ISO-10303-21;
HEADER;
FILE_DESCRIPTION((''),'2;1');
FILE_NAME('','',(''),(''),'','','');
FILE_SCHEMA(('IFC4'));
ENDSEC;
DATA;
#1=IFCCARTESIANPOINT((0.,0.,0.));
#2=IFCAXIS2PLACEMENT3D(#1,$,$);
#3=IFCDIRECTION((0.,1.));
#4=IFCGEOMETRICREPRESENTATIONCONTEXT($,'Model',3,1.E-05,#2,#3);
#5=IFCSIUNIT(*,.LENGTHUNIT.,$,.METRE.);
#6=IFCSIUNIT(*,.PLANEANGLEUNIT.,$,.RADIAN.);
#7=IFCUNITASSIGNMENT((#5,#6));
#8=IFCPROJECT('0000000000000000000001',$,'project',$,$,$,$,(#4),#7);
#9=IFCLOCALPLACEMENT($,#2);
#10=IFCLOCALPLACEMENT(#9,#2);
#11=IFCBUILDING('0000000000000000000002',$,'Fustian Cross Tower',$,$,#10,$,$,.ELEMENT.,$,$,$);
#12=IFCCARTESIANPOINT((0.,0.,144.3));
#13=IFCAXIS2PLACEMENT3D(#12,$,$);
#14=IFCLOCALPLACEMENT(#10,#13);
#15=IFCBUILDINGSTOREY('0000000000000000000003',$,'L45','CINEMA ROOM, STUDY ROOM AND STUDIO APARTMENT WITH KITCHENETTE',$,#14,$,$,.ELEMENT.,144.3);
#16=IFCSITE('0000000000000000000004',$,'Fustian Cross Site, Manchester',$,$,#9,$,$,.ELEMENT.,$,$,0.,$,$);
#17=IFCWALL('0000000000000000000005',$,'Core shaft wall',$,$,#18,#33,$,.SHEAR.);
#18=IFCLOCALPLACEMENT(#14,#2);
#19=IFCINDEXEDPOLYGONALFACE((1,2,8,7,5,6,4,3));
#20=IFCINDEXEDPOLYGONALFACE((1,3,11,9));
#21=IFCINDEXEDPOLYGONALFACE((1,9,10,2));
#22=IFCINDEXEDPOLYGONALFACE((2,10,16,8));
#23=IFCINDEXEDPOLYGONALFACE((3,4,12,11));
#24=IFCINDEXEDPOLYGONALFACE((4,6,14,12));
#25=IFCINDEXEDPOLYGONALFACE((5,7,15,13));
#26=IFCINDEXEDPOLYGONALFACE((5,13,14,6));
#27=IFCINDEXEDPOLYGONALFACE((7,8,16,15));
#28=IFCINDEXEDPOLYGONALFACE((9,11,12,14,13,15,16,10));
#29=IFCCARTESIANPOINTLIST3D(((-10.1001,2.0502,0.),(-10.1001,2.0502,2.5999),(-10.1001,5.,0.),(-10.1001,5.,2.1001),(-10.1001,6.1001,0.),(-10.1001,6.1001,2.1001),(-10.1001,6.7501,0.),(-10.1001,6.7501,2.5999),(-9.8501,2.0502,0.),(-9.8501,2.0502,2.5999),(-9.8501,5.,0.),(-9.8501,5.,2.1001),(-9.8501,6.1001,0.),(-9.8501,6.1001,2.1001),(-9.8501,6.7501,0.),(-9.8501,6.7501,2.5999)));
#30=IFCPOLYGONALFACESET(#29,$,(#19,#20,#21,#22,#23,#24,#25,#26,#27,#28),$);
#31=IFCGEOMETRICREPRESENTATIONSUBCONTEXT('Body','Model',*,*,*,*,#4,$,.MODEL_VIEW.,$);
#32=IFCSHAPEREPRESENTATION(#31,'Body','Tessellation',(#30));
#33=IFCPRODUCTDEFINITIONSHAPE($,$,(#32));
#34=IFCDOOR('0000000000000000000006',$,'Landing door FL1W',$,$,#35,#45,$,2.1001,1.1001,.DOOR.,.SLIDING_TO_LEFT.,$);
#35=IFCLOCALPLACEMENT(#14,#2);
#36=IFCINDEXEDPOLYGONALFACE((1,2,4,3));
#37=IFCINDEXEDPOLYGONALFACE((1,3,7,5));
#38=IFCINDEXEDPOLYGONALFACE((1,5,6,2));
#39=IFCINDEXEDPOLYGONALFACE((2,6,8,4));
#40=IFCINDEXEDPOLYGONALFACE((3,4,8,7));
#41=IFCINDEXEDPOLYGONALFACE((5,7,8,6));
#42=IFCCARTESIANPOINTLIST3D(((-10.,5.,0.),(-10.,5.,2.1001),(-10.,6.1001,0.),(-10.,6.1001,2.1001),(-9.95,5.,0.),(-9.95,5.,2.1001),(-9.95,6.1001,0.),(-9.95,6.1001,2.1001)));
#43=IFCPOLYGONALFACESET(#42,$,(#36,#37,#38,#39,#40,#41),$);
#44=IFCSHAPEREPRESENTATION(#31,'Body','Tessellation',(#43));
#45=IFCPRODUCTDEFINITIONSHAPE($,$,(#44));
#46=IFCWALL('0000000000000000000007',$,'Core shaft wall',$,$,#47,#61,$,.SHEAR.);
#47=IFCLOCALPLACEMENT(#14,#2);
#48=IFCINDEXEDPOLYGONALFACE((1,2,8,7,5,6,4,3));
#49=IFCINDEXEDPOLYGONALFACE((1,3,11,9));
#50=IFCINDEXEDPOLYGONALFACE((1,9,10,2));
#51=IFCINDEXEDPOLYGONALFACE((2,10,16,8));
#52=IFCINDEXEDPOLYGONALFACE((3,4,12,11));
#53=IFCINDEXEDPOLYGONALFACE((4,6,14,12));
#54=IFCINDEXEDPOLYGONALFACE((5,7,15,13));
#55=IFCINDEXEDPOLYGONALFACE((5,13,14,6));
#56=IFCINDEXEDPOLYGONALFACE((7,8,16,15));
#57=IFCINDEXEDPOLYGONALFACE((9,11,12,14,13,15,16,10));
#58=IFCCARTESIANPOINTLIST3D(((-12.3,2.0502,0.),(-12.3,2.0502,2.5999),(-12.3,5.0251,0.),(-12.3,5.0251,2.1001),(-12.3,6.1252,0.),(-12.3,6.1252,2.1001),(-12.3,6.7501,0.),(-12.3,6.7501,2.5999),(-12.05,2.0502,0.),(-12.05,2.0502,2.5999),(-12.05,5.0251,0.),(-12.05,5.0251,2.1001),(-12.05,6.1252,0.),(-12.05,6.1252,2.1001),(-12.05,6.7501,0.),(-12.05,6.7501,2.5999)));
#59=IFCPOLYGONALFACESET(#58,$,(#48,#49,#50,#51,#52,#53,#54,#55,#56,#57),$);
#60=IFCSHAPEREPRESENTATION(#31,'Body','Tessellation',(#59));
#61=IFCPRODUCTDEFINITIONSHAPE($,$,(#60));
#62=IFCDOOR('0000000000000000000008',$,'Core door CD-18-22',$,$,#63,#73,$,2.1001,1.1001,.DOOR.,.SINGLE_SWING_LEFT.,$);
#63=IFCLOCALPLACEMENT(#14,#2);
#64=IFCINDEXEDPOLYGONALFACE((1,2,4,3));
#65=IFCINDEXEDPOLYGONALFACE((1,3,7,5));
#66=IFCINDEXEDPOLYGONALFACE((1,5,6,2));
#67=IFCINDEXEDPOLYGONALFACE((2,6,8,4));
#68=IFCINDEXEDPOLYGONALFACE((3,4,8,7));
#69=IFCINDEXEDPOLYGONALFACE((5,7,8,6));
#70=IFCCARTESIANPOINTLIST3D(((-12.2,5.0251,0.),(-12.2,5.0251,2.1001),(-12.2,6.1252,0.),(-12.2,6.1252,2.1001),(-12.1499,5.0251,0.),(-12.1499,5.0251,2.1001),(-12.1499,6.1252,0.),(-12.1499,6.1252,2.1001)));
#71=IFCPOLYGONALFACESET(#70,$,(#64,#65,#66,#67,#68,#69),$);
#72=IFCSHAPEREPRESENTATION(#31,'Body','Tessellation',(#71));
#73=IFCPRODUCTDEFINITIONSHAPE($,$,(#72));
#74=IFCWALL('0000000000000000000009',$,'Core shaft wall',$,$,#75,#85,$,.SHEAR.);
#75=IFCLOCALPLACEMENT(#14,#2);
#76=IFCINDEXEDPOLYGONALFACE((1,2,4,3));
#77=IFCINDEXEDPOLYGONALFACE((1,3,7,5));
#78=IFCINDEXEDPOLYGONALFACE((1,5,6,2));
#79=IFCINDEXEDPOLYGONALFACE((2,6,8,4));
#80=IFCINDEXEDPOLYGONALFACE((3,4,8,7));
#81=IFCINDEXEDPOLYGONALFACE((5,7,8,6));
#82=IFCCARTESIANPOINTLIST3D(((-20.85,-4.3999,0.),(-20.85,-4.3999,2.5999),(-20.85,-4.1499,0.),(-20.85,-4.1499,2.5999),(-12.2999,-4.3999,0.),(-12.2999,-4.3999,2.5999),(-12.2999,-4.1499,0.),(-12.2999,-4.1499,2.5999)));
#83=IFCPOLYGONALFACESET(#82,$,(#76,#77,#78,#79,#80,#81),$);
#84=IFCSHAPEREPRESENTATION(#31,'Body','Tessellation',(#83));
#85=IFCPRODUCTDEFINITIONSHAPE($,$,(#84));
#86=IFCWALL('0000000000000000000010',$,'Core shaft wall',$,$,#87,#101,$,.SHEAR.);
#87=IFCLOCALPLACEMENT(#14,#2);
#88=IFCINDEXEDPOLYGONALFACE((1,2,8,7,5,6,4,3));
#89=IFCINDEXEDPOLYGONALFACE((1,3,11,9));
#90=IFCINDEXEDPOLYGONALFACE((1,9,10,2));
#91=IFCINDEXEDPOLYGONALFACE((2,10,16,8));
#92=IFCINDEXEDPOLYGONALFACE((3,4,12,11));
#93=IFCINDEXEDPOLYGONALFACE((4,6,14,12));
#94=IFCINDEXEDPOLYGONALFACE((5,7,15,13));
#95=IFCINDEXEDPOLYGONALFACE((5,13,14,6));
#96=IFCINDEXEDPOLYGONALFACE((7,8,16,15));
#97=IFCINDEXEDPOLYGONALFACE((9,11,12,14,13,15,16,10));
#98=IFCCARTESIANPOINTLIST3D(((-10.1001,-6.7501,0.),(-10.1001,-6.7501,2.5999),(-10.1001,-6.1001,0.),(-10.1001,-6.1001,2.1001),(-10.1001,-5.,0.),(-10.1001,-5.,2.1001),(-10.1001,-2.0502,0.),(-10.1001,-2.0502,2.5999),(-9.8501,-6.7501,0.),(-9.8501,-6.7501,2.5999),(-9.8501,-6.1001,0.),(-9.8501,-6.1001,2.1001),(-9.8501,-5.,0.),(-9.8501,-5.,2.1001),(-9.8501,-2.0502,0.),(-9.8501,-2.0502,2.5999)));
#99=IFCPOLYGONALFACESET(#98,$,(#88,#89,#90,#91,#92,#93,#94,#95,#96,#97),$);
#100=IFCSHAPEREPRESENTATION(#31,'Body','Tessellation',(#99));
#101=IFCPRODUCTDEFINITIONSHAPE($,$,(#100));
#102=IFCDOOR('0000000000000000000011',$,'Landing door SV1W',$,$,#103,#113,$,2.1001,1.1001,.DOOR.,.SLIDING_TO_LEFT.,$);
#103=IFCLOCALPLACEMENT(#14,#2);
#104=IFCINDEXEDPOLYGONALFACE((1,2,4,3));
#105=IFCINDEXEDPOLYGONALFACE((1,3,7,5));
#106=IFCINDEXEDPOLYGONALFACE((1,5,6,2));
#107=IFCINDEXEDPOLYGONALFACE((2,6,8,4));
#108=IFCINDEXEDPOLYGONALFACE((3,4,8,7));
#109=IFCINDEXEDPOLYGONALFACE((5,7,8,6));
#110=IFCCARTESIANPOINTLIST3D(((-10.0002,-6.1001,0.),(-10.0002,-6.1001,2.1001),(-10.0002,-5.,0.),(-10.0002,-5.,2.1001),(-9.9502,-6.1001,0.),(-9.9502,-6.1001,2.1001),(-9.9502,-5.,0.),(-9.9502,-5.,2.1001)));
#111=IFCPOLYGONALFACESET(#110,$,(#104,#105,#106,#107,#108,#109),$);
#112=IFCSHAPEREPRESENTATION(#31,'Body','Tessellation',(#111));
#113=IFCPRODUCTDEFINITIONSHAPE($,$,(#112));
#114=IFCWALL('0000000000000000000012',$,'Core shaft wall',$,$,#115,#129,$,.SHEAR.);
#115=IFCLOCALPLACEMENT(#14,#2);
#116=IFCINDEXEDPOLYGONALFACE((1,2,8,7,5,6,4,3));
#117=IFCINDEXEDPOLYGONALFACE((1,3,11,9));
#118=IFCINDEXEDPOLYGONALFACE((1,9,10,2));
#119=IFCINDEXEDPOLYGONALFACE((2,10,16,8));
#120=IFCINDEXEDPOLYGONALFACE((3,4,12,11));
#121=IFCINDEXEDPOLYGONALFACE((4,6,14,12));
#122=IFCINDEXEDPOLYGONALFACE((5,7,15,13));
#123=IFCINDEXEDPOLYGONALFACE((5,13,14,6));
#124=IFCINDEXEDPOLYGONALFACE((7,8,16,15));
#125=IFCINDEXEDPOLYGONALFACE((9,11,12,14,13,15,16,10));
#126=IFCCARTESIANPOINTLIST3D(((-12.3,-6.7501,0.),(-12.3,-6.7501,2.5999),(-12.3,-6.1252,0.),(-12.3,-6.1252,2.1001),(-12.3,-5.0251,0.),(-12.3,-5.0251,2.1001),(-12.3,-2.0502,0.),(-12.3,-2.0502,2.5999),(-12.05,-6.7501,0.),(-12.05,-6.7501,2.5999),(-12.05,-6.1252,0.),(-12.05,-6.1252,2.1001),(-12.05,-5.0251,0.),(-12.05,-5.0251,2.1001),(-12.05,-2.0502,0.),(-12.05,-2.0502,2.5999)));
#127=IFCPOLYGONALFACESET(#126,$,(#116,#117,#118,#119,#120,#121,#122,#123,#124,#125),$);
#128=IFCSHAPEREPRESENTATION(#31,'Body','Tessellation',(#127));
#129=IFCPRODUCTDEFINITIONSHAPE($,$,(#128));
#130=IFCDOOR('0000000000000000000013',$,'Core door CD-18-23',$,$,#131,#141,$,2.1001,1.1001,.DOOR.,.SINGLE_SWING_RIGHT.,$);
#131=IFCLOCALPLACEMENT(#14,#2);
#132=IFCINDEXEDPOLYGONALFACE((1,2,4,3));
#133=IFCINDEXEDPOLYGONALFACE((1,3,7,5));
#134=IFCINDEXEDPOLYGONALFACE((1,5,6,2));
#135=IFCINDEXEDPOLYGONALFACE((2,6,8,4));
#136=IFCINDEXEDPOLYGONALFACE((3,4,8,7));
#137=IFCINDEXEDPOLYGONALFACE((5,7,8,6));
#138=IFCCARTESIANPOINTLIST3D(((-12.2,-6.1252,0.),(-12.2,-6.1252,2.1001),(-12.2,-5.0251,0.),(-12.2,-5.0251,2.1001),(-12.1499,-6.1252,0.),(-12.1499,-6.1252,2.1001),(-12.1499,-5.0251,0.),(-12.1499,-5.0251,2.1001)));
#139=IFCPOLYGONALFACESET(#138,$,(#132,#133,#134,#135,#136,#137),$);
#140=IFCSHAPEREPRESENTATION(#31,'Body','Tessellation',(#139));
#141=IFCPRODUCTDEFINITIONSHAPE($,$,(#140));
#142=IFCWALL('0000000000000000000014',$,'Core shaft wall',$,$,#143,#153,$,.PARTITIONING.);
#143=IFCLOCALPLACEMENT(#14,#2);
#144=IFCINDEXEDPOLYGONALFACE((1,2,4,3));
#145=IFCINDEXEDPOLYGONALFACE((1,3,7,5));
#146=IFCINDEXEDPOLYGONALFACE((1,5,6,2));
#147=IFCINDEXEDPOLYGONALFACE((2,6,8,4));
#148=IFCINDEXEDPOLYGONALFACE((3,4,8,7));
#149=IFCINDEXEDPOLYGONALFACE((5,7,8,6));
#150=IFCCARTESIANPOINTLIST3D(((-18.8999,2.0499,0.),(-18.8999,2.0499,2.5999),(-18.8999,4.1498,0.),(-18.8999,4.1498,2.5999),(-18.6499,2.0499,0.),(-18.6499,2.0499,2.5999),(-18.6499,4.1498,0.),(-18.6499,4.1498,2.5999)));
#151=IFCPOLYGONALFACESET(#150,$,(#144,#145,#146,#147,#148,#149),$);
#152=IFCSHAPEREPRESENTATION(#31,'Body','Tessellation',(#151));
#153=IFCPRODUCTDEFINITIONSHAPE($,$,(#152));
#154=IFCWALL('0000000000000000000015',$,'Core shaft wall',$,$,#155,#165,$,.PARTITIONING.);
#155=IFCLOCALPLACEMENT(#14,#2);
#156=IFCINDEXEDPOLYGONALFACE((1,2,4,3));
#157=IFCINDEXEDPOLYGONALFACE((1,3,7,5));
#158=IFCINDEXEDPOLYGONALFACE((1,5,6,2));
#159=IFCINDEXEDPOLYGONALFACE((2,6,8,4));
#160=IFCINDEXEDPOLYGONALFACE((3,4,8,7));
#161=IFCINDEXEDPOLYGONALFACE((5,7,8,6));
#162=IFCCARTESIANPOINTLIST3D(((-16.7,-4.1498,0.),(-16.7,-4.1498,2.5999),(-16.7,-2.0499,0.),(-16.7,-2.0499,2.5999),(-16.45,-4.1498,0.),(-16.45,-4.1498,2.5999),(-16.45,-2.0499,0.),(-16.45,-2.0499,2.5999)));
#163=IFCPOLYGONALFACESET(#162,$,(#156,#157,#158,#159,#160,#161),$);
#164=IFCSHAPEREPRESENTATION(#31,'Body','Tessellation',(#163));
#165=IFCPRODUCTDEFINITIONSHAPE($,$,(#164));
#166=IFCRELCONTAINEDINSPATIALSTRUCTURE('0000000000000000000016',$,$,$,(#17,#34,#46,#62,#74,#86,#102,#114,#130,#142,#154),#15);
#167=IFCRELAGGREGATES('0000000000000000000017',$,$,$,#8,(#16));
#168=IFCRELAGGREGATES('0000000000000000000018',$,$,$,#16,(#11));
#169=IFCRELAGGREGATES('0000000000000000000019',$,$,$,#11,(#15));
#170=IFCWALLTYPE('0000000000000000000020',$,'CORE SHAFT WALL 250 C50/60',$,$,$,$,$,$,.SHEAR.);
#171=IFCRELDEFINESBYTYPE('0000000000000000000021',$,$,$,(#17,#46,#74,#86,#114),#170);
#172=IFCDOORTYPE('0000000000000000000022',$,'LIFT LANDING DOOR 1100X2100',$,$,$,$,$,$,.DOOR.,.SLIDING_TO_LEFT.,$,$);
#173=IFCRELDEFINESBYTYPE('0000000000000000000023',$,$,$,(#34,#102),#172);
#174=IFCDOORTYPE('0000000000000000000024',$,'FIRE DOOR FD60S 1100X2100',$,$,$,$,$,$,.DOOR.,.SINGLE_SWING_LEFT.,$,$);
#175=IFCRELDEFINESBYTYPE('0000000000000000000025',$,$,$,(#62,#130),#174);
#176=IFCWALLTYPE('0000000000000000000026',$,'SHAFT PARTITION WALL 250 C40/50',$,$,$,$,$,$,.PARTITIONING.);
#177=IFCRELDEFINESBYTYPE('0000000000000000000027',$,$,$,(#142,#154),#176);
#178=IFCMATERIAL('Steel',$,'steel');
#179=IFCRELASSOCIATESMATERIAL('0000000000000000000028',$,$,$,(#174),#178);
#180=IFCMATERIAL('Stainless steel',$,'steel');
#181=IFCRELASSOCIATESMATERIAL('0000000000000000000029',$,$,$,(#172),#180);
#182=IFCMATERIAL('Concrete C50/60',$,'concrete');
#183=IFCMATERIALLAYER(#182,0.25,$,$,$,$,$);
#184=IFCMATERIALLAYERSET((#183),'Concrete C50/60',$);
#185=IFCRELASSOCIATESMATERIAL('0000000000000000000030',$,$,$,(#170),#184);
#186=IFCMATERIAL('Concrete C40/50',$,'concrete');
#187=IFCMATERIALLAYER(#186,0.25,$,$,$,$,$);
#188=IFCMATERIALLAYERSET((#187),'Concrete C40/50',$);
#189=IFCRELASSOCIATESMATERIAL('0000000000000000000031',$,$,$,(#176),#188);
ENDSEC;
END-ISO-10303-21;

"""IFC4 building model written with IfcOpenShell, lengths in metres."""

from ifc_helpers import new_model, si_unit, direction, frame, frame_2d, origin, place, context, subcontext, project, spatial, rectangle, extrude, material, layer, layer_set, type_object, element, fill, save


model = new_model("IFC4")

# Units and contexts
model_context = context("Model", 3, precision=1e-05, world=origin(), true_north=direction((0.0, 1.0)))
body_context = subcontext(model_context, "Body", "Model", "MODEL_VIEW")
ifc_project = project(units=[si_unit("LENGTHUNIT", "METRE"), si_unit("PLANEANGLEUNIT", "RADIAN")], contexts=[model_context])

# Site, building, storey
site_placement = place(None, origin())
site = spatial("IfcSite", under=ifc_project, at=site_placement, Name="Fustian Cross Site, Manchester", CompositionType="ELEMENT", RefElevation=0.0)
building_placement = place(site_placement, origin())
building = spatial("IfcBuilding", under=site, at=building_placement, Name="Fustian Cross Tower", CompositionType="ELEMENT")
storey_placement = place(building_placement, frame((0.0, 0.0, 144.3)))
storey = spatial("IfcBuildingStorey", under=building, at=storey_placement, Name="L45", Description="CINEMA ROOM, STUDY ROOM AND STUDIO APARTMENT WITH KITCHENETTE", CompositionType="ELEMENT", Elevation=144.3)

# Shared definitions
ifc_material_1 = material(Name="Steel", Category="steel")
door_type_1 = type_object("IfcDoorType", Name="FIRE DOOR FD60S 1100X2100", OperationType="SINGLE_SWING_LEFT", PredefinedType="DOOR", material=ifc_material_1)
ifc_material_2 = material(Name="Stainless steel", Category="steel")
door_type_2 = type_object("IfcDoorType", Name="LIFT LANDING DOOR 1100X2100", OperationType="SLIDING_TO_LEFT", PredefinedType="DOOR", material=ifc_material_2)

# Shared definitions
ifc_material_3 = material(Name="Concrete C50/60", Category="concrete")
ifc_layer_1 = layer(ifc_material_3, 0.25)
ifc_layer_set_1 = layer_set([ifc_layer_1], Name="Concrete C50/60")
wall_type_1 = type_object("IfcWallType", Name="CORE SHAFT WALL 250 C50/60", PredefinedType="SHEAR", material=ifc_layer_set_1)

# Walls, openings, doors
wall_1_placement = place(storey_placement, frame((-9.9751, 2.05, 0.0), z_axis=(0.0, 0.0, 1.0), x_axis=(0.0, 1.0, 0.0)))
wall_1 = element("IfcWall", 1, at=wall_1_placement, inside=storey, type_object=wall_type_1, Name="Core shaft wall", PredefinedType="SHEAR", context=body_context, shape_type="SweptSolid", body=[
    extrude(rectangle(XDim=4.7, YDim=0.25, at=frame_2d((2.3501, 0.0))), origin(), (0.0, 0.0, 1.0), 2.5999),
])
opening_1_placement = place(wall_1_placement, frame((2.95, 0.0, 0.0)))
opening_1 = element("IfcOpeningElement", 2, at=opening_1_placement, cuts=wall_1, PredefinedType="OPENING", context=body_context, shape_type="SweptSolid", body=[
    extrude(rectangle(XDim=1.1001, YDim=2.1001, at=frame_2d((0.55, 1.05))), frame((0.0, 0.135, 0.0), z_axis=(0.0, -1.0, 0.0), x_axis=(1.0, 0.0, 0.0)), (0.0, 0.0, 1.0), 0.27),
])
door_1_placement = place(opening_1_placement, origin())
door_1 = element("IfcDoor", 3, at=door_1_placement, inside=storey, type_object=door_type_2, Name="Landing door FL1W", OperationType="SLIDING_TO_LEFT", OverallHeight=2.1001, OverallWidth=1.1001, PredefinedType="DOOR", context=body_context, shape_type="SweptSolid", body=[
    extrude(rectangle(XDim=1.1001, YDim=2.1001, at=frame_2d((0.55, 1.05))), frame((0.0, 0.0249, 0.0), z_axis=(0.0, -1.0, 0.0), x_axis=(1.0, 0.0, 0.0)), (0.0, 0.0, 1.0), 0.05),
])
fill(opening_1, door_1)
wall_2_placement = place(storey_placement, frame((-12.175, 2.05, 0.0), z_axis=(0.0, 0.0, 1.0), x_axis=(0.0, 1.0, 0.0)))
wall_2 = element("IfcWall", 4, at=wall_2_placement, inside=storey, type_object=wall_type_1, Name="Core shaft wall", PredefinedType="SHEAR", context=body_context, shape_type="SweptSolid", body=[
    extrude(rectangle(XDim=4.7, YDim=0.25, at=frame_2d((2.3501, 0.0))), origin(), (0.0, 0.0, 1.0), 2.5999),
])
opening_2_placement = place(wall_2_placement, frame((2.9751, 0.0, 0.0)))
opening_2 = element("IfcOpeningElement", 5, at=opening_2_placement, cuts=wall_2, PredefinedType="OPENING", context=body_context, shape_type="SweptSolid", body=[
    extrude(rectangle(XDim=1.1001, YDim=2.1001, at=frame_2d((0.55, 1.05))), frame((0.0, 0.135, 0.0), z_axis=(0.0, -1.0, 0.0), x_axis=(1.0, 0.0, 0.0)), (0.0, 0.0, 1.0), 0.27),
])
door_2_placement = place(opening_2_placement, origin())
door_2 = element("IfcDoor", 6, at=door_2_placement, inside=storey, type_object=door_type_1, Name="Core door CD-18-22", OperationType="SINGLE_SWING_LEFT", OverallHeight=2.1001, OverallWidth=1.1001, PredefinedType="DOOR", context=body_context, shape_type="SweptSolid", body=[
    extrude(rectangle(XDim=1.1001, YDim=2.1001, at=frame_2d((0.55, 1.05))), frame((0.0, 0.0249, 0.0), z_axis=(0.0, -1.0, 0.0), x_axis=(1.0, 0.0, 0.0)), (0.0, 0.0, 1.0), 0.05),
])
fill(opening_2, door_2)

# Wall
wall_3_placement = place(storey_placement, frame((-12.3, -4.2749, 0.0), z_axis=(0.0, 0.0, 1.0), x_axis=(-1.0, 0.0, 0.0)))
element("IfcWall", 7, at=wall_3_placement, inside=storey, type_object=wall_type_1, Name="Core shaft wall", PredefinedType="SHEAR", context=body_context, shape_type="SweptSolid", body=[
    extrude(rectangle(XDim=8.55, YDim=0.25, at=frame_2d((4.2749, 0.0))), origin(), (0.0, 0.0, 1.0), 2.5999),
])

# Walls, openings, doors
wall_4_placement = place(storey_placement, frame((-9.9751, -2.05, 0.0), z_axis=(0.0, 0.0, 1.0), x_axis=(0.0, -1.0, 0.0)))
wall_4 = element("IfcWall", 8, at=wall_4_placement, inside=storey, type_object=wall_type_1, Name="Core shaft wall", PredefinedType="SHEAR", context=body_context, shape_type="SweptSolid", body=[
    extrude(rectangle(XDim=4.7, YDim=0.25, at=frame_2d((2.3501, 0.0))), origin(), (0.0, 0.0, 1.0), 2.5999),
])
opening_3_placement = place(wall_4_placement, frame((2.95, 0.0, 0.0)))
opening_3 = element("IfcOpeningElement", 9, at=opening_3_placement, cuts=wall_4, PredefinedType="OPENING", context=body_context, shape_type="SweptSolid", body=[
    extrude(rectangle(XDim=1.1001, YDim=2.1001, at=frame_2d((0.55, 1.05))), frame((0.0, 0.135, 0.0), z_axis=(0.0, -1.0, 0.0), x_axis=(1.0, 0.0, 0.0)), (0.0, 0.0, 1.0), 0.27),
])
door_3_placement = place(opening_3_placement, origin())
door_3 = element("IfcDoor", 10, at=door_3_placement, inside=storey, type_object=door_type_2, Name="Landing door SV1W", OperationType="SLIDING_TO_LEFT", OverallHeight=2.1001, OverallWidth=1.1001, PredefinedType="DOOR", context=body_context, shape_type="SweptSolid", body=[
    extrude(rectangle(XDim=1.1001, YDim=2.1001, at=frame_2d((0.55, 1.05))), frame((0.0, 0.0249, 0.0), z_axis=(0.0, -1.0, 0.0), x_axis=(1.0, 0.0, 0.0)), (0.0, 0.0, 1.0), 0.05),
])
fill(opening_3, door_3)
wall_5_placement = place(storey_placement, frame((-12.175, -2.05, 0.0), z_axis=(0.0, 0.0, 1.0), x_axis=(0.0, -1.0, 0.0)))
wall_5 = element("IfcWall", 11, at=wall_5_placement, inside=storey, type_object=wall_type_1, Name="Core shaft wall", PredefinedType="SHEAR", context=body_context, shape_type="SweptSolid", body=[
    extrude(rectangle(XDim=4.7, YDim=0.25, at=frame_2d((2.3501, 0.0))), origin(), (0.0, 0.0, 1.0), 2.5999),
])
opening_4_placement = place(wall_5_placement, frame((2.9751, 0.0, 0.0)))
opening_4 = element("IfcOpeningElement", 12, at=opening_4_placement, cuts=wall_5, PredefinedType="OPENING", context=body_context, shape_type="SweptSolid", body=[
    extrude(rectangle(XDim=1.1001, YDim=2.1001, at=frame_2d((0.55, 1.05))), frame((0.0, 0.135, 0.0), z_axis=(0.0, -1.0, 0.0), x_axis=(1.0, 0.0, 0.0)), (0.0, 0.0, 1.0), 0.27),
])
door_4_placement = place(opening_4_placement, frame((1.1001, 0.0, 0.0), z_axis=(0.0, 0.0, 1.0), x_axis=(-1.0, 0.0, 0.0)))
door_4 = element("IfcDoor", 13, at=door_4_placement, inside=storey, type_object=door_type_1, Name="Core door CD-18-23", OperationType="SINGLE_SWING_RIGHT", OverallHeight=2.1001, OverallWidth=1.1001, PredefinedType="DOOR", context=body_context, shape_type="SweptSolid", body=[
    extrude(rectangle(XDim=1.1001, YDim=2.1001, at=frame_2d((0.55, 1.05))), frame((0.0, 0.0249, 0.0), z_axis=(0.0, -1.0, 0.0), x_axis=(1.0, 0.0, 0.0)), (0.0, 0.0, 1.0), 0.05),
])
fill(opening_4, door_4)

# Walls
ifc_material_4 = material(Name="Concrete C40/50", Category="concrete")
ifc_layer_2 = layer(ifc_material_4, 0.25)
ifc_layer_set_2 = layer_set([ifc_layer_2], Name="Concrete C40/50")
wall_type_2 = type_object("IfcWallType", Name="SHAFT PARTITION WALL 250 C40/50", PredefinedType="PARTITIONING", material=ifc_layer_set_2)
for number, where, z_axis, x_axis, name in (
    (14, (-18.7749, 2.05, 0.0), (0.0, 0.0, 1.0), (0.0, 1.0, 0.0), "Core shaft wall"),
    (15, (-16.575, -2.05, 0.0), (0.0, 0.0, 1.0), (0.0, -1.0, 0.0), "Core shaft wall"),
):
    element("IfcWall", number, at=place(storey_placement, frame(where, z_axis=z_axis, x_axis=x_axis)), inside=storey, type_object=wall_type_2, Name=name, PredefinedType="PARTITIONING", context=body_context, shape_type="SweptSolid", body=[
        extrude(rectangle(XDim=2.0999, YDim=0.25, at=frame_2d((1.0498, 0.0))), origin(), (0.0, 0.0, 1.0), 2.5999),
    ])

save(model, "model.ifc")
